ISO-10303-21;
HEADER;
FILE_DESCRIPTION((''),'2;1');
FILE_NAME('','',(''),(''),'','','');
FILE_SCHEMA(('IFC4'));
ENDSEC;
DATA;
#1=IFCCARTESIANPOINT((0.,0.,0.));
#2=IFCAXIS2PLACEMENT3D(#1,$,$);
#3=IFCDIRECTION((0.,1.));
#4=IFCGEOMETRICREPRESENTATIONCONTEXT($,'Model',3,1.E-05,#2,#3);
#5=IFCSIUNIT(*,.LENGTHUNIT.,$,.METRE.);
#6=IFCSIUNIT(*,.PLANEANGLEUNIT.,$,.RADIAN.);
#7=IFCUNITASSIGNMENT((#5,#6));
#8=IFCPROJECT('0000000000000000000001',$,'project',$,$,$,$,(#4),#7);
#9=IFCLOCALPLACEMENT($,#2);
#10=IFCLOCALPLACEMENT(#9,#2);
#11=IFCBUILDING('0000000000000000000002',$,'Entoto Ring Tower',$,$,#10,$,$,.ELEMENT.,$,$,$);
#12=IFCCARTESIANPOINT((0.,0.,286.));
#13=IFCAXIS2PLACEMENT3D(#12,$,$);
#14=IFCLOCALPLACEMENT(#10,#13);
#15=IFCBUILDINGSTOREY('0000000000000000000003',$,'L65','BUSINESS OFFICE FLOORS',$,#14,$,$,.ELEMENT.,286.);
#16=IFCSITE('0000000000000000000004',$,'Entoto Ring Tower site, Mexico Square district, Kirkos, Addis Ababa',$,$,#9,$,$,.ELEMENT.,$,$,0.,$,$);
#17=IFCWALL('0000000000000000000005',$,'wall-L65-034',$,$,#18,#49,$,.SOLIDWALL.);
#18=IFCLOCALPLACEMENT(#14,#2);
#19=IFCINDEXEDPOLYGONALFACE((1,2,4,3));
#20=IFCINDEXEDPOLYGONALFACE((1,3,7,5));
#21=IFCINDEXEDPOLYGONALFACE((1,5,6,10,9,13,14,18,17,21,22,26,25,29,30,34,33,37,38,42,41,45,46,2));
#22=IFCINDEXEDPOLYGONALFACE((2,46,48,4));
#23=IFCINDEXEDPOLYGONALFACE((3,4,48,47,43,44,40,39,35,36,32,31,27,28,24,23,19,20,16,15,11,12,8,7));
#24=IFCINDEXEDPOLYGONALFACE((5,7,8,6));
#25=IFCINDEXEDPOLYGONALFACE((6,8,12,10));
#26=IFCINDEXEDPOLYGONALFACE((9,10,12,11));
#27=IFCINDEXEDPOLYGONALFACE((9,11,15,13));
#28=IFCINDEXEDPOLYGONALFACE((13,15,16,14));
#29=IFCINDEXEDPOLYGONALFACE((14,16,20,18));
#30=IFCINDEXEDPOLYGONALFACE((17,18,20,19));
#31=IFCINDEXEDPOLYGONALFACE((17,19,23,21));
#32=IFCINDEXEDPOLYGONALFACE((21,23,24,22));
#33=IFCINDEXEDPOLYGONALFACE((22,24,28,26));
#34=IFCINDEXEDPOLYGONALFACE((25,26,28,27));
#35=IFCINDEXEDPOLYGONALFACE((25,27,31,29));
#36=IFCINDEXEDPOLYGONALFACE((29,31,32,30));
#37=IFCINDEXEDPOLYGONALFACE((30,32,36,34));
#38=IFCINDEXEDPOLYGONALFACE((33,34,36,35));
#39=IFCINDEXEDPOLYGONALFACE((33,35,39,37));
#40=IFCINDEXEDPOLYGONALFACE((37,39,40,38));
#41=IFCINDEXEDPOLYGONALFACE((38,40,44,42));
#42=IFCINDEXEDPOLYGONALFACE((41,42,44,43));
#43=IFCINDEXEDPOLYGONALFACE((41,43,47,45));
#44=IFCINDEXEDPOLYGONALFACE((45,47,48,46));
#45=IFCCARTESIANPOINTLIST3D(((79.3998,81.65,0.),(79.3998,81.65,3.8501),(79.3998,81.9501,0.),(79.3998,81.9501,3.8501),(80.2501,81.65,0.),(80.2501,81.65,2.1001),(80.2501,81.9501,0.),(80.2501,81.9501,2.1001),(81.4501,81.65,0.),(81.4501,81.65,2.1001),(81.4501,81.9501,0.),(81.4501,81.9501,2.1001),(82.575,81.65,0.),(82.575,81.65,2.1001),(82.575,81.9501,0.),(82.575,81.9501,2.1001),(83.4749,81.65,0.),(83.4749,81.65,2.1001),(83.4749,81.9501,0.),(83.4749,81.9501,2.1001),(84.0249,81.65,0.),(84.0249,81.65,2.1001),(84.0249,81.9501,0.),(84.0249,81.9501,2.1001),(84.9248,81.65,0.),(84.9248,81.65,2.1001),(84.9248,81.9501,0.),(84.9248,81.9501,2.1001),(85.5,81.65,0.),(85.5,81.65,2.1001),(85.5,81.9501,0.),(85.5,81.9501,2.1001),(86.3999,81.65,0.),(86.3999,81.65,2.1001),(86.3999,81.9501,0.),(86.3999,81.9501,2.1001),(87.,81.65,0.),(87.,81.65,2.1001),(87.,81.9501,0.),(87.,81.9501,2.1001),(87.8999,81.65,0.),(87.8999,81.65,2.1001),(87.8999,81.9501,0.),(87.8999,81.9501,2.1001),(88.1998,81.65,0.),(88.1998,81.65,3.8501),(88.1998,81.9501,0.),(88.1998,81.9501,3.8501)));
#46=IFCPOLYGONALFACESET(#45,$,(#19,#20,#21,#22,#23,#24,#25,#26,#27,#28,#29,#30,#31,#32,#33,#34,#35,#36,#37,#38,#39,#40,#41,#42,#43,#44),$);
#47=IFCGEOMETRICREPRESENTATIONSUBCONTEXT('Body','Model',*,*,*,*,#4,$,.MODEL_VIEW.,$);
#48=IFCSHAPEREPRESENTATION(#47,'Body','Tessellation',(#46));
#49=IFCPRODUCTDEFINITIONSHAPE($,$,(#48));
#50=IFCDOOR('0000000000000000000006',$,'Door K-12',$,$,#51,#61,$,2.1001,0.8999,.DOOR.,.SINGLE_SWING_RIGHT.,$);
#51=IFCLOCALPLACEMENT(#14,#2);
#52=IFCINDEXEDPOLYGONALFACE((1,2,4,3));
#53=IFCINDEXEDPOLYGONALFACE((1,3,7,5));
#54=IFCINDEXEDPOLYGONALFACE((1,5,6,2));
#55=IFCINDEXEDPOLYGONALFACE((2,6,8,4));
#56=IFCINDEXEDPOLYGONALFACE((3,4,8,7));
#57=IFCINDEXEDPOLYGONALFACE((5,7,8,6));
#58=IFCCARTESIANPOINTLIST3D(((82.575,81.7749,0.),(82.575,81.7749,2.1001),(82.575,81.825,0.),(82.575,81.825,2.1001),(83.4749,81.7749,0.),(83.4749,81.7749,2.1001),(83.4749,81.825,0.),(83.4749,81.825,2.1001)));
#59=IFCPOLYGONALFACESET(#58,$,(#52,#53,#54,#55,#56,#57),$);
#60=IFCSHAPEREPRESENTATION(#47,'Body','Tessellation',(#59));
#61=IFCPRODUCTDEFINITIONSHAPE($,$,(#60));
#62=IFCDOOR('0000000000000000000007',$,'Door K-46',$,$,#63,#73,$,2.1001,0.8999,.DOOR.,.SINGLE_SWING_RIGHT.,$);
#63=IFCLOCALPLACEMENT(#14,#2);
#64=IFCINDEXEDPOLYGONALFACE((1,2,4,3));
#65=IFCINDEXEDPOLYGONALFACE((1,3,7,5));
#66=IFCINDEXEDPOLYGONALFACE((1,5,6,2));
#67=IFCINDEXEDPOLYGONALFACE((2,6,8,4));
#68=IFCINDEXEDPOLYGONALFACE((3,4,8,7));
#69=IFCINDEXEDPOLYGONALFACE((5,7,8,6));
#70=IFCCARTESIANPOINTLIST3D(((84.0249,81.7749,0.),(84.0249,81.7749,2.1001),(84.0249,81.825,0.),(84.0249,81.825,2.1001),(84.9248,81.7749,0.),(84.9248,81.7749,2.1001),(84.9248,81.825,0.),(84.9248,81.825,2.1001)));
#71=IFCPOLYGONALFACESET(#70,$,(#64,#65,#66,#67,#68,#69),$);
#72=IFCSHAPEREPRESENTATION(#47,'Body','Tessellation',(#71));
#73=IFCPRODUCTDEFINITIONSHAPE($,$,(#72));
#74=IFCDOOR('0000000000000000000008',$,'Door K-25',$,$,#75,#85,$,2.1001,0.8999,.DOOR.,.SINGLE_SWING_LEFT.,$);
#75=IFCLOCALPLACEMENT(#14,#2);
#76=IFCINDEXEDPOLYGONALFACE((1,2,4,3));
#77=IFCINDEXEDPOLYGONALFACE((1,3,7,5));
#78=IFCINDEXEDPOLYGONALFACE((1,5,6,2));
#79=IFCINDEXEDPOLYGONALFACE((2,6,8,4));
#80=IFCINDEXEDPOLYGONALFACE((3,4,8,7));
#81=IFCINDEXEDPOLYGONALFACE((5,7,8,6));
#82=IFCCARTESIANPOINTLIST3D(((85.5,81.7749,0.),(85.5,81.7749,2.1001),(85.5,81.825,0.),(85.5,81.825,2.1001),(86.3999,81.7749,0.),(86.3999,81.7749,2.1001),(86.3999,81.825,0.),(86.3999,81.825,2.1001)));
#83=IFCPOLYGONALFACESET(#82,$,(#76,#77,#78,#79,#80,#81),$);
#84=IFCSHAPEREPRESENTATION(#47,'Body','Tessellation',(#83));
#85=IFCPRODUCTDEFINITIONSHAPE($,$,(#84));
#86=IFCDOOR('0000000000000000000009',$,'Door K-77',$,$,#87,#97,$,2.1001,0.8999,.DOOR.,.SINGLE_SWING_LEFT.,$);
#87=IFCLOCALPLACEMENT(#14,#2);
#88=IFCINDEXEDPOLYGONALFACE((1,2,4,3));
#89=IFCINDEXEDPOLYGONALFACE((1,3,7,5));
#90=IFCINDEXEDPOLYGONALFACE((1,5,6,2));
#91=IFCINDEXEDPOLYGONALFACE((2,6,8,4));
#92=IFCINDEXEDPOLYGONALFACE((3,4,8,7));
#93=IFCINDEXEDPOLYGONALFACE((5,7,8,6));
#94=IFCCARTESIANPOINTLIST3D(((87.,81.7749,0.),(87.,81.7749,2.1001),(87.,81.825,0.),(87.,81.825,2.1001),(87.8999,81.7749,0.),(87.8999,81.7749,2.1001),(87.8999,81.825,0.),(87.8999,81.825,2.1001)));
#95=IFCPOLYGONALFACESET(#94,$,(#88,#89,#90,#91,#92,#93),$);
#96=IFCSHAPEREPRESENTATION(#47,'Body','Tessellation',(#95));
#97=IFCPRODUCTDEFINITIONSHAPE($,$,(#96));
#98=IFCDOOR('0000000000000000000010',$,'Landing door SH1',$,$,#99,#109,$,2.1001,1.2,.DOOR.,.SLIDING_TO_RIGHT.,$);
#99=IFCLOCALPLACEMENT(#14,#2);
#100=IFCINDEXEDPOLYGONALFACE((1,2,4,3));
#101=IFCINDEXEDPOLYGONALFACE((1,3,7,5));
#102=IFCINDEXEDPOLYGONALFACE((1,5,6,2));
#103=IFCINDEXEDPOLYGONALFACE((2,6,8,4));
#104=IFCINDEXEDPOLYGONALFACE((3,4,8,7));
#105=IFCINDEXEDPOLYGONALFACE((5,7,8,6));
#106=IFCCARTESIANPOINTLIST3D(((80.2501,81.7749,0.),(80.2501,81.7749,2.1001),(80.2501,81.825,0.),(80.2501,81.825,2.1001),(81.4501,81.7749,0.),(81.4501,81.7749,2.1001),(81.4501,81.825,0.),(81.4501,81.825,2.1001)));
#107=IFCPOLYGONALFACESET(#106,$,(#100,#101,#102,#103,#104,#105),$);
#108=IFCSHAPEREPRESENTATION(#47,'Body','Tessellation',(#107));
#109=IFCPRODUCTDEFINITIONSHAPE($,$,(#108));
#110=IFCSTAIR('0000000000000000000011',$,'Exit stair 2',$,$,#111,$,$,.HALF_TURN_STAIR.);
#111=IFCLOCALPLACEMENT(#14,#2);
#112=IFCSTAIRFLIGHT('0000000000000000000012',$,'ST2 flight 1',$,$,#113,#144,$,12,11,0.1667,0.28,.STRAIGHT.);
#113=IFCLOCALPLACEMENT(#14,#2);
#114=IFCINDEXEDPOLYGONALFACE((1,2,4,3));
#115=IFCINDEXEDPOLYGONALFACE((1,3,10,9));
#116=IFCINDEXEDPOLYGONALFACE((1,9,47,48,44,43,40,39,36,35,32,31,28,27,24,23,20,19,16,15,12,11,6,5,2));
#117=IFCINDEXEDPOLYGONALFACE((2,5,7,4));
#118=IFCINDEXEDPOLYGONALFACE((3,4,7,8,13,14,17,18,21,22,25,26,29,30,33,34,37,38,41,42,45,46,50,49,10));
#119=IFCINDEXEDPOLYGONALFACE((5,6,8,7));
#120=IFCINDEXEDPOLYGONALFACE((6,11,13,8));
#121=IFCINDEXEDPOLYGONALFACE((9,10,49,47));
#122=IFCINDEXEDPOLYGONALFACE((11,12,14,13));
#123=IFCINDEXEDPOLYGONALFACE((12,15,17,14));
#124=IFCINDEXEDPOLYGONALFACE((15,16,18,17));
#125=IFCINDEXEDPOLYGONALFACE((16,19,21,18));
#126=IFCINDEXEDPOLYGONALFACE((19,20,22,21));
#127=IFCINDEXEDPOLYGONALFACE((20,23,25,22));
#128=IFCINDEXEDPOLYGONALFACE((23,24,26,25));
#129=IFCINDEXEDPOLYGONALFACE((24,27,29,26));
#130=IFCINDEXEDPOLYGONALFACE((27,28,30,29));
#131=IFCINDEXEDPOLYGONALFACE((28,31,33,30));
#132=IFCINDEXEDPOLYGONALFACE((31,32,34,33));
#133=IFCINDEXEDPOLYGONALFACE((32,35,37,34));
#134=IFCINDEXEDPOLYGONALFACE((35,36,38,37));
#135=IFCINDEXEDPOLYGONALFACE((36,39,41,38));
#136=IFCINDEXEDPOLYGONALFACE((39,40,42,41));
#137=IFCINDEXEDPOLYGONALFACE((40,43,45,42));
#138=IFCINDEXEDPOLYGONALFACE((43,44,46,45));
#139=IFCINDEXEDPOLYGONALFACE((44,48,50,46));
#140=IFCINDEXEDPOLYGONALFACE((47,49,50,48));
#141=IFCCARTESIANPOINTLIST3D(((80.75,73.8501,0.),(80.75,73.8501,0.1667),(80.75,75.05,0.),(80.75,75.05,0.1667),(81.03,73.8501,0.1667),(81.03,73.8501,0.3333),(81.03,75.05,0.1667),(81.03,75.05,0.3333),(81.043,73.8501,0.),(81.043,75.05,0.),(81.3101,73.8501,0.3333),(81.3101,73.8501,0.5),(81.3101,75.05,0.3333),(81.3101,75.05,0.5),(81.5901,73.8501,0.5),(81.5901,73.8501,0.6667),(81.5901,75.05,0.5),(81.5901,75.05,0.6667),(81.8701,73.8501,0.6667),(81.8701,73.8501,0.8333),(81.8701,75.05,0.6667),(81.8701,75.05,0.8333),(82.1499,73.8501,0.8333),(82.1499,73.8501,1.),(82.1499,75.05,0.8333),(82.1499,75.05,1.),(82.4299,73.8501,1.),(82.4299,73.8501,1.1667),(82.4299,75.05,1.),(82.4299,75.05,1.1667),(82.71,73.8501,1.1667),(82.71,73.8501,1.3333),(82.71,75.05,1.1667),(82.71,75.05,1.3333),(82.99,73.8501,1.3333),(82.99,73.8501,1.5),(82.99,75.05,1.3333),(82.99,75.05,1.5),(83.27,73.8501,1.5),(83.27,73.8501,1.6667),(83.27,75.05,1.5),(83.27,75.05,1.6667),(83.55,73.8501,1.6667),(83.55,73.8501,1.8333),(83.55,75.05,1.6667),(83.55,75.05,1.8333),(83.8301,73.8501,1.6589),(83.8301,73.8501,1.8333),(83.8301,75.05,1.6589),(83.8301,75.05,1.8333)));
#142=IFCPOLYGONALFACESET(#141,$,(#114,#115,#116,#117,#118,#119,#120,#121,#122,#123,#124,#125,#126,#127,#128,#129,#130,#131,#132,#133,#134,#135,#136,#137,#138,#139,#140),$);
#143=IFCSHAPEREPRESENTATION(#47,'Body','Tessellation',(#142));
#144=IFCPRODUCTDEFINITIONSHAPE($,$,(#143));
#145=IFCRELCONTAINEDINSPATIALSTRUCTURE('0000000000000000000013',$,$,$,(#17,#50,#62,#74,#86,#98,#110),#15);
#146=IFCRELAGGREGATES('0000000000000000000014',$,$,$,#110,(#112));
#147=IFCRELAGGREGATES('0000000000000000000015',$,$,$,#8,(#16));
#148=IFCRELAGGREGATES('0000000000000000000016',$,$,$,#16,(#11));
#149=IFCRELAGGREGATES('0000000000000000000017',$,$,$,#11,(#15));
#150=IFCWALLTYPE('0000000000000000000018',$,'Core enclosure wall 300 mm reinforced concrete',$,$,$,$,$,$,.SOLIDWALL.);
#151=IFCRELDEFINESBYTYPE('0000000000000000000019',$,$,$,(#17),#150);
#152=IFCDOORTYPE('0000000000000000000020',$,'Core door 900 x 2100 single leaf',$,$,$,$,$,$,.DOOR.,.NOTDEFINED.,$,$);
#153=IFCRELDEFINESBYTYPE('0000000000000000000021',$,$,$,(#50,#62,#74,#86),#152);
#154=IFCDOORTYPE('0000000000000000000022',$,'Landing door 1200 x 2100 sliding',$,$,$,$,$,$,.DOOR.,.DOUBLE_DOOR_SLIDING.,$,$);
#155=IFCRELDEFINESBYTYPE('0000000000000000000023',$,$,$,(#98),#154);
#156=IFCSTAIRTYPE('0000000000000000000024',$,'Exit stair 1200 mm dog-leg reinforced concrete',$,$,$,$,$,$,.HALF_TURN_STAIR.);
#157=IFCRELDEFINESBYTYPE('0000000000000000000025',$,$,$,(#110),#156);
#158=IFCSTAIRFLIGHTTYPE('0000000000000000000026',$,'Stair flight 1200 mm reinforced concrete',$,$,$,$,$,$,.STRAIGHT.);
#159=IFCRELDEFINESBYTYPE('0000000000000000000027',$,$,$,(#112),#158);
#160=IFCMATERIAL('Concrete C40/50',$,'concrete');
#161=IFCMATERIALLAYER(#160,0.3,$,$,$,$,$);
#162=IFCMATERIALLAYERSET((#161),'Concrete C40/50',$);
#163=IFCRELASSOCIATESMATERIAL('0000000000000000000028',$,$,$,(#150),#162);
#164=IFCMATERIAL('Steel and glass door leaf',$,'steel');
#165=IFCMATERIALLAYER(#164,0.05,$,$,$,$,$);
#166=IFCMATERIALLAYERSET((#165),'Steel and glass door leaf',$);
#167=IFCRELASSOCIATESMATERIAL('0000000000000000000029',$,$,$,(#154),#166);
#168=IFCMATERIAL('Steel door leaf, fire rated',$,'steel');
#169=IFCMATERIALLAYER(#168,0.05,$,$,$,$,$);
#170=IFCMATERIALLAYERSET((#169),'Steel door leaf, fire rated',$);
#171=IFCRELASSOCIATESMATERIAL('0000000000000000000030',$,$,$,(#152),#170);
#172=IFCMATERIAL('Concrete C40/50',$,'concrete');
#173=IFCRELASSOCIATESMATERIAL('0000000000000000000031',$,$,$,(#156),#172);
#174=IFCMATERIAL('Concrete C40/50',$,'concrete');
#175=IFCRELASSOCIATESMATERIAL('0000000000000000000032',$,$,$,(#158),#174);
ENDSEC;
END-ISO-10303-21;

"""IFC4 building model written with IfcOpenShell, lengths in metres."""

from ifc_helpers import new_model, si_unit, direction, frame, frame_2d, origin, place, context, subcontext, project, spatial, polyline, rectangle, outline, extrude, material, layer, layer_set, type_object, element, fill, aggregate, save


model = new_model("IFC4")

# Units and contexts
model_context = context("Model", 3, precision=1e-05, world=origin(), true_north=direction((0.0, 1.0)))
body_context = subcontext(model_context, "Body", "Model", "MODEL_VIEW")
ifc_project = project(units=[si_unit("LENGTHUNIT", "METRE"), si_unit("PLANEANGLEUNIT", "RADIAN")], contexts=[model_context])

# Site, building, storey
site_placement = place(None, origin())
site = spatial("IfcSite", under=ifc_project, at=site_placement, Name="Entoto Ring Tower site, Mexico Square district, Kirkos, Addis Ababa", CompositionType="ELEMENT", RefElevation=0.0)
building_placement = place(site_placement, origin())
building = spatial("IfcBuilding", under=site, at=building_placement, Name="Entoto Ring Tower", CompositionType="ELEMENT")
storey_placement = place(building_placement, frame((0.0, 0.0, 286.0)))
storey = spatial("IfcBuildingStorey", under=building, at=storey_placement, Name="L65", Description="BUSINESS OFFICE FLOORS", CompositionType="ELEMENT", Elevation=286.0)

# Shared definitions
ifc_material_1 = material(Name="Concrete C40/50", Category="concrete")
ifc_layer_1 = layer(ifc_material_1, 0.3)
ifc_layer_set_1 = layer_set([ifc_layer_1], Name="Concrete C40/50")
wall_type = type_object("IfcWallType", Name="Core enclosure wall 300 mm reinforced concrete", PredefinedType="SOLIDWALL", material=ifc_layer_set_1)
ifc_material_2 = material(Name="Steel and glass door leaf", Category="steel")
ifc_layer_2 = layer(ifc_material_2, 0.05)
ifc_layer_set_2 = layer_set([ifc_layer_2], Name="Steel and glass door leaf")
door_type_1 = type_object("IfcDoorType", Name="Landing door 1200 x 2100 sliding", OperationType="DOUBLE_DOOR_SLIDING", PredefinedType="DOOR", material=ifc_layer_set_2)

# Wall, openings, doors
ifc_material_3 = material(Name="Steel door leaf, fire rated", Category="steel")
ifc_layer_3 = layer(ifc_material_3, 0.05)
ifc_layer_set_3 = layer_set([ifc_layer_3], Name="Steel door leaf, fire rated")
door_type_2 = type_object("IfcDoorType", Name="Core door 900 x 2100 single leaf", OperationType="NOTDEFINED", PredefinedType="DOOR", material=ifc_layer_set_3)
wall_1_placement = place(storey_placement, frame((79.3999, 81.8, 0.0), z_axis=(0.0, 0.0, 1.0), x_axis=(1.0, 0.0, 0.0)))
wall_1 = element("IfcWall", 1, at=wall_1_placement, inside=storey, type_object=wall_type, Name="wall-L65-034", PredefinedType="SOLIDWALL", context=body_context, shape_type="SweptSolid", body=[
    extrude(rectangle(XDim=8.8, YDim=0.3, at=frame_2d((4.3999, 0.0))), origin(), (0.0, 0.0, 1.0), 3.8501),
])
opening_1_placement = place(wall_1_placement, frame((0.8501, 0.0, 0.0)))
opening_1 = element("IfcOpeningElement", 2, at=opening_1_placement, cuts=wall_1, PredefinedType="OPENING", context=body_context, shape_type="SweptSolid", body=[
    extrude(rectangle(XDim=1.2, YDim=2.1001, at=frame_2d((0.6001, 1.05))), frame((0.0, 0.1602, 0.0), z_axis=(0.0, -1.0, 0.0), x_axis=(1.0, 0.0, 0.0)), (0.0, 0.0, 1.0), 0.3201),
])
opening_2_placement = place(wall_1_placement, frame((3.175, 0.0, 0.0)))
opening_2 = element("IfcOpeningElement", 3, at=opening_2_placement, cuts=wall_1, PredefinedType="OPENING", context=body_context, shape_type="SweptSolid", body=[
    extrude(rectangle(XDim=0.8999, YDim=2.1001, at=frame_2d((0.45, 1.05))), frame((0.0, 0.1602, 0.0), z_axis=(0.0, -1.0, 0.0), x_axis=(1.0, 0.0, 0.0)), (0.0, 0.0, 1.0), 0.3201),
])
opening_3_placement = place(wall_1_placement, frame((4.625, 0.0, 0.0)))
opening_3 = element("IfcOpeningElement", 4, at=opening_3_placement, cuts=wall_1, PredefinedType="OPENING", context=body_context, shape_type="SweptSolid", body=[
    extrude(rectangle(XDim=0.8999, YDim=2.1001, at=frame_2d((0.45, 1.05))), frame((0.0, 0.1602, 0.0), z_axis=(0.0, -1.0, 0.0), x_axis=(1.0, 0.0, 0.0)), (0.0, 0.0, 1.0), 0.3201),
])
opening_4_placement = place(wall_1_placement, frame((6.1001, 0.0, 0.0)))
opening_4 = element("IfcOpeningElement", 5, at=opening_4_placement, cuts=wall_1, PredefinedType="OPENING", context=body_context, shape_type="SweptSolid", body=[
    extrude(rectangle(XDim=0.8999, YDim=2.1001, at=frame_2d((0.45, 1.05))), frame((0.0, 0.1602, 0.0), z_axis=(0.0, -1.0, 0.0), x_axis=(1.0, 0.0, 0.0)), (0.0, 0.0, 1.0), 0.3201),
])
opening_5_placement = place(wall_1_placement, frame((7.6001, 0.0, 0.0)))
opening_5 = element("IfcOpeningElement", 6, at=opening_5_placement, cuts=wall_1, PredefinedType="OPENING", context=body_context, shape_type="SweptSolid", body=[
    extrude(rectangle(XDim=0.8999, YDim=2.1001, at=frame_2d((0.45, 1.05))), frame((0.0, 0.1602, 0.0), z_axis=(0.0, -1.0, 0.0), x_axis=(1.0, 0.0, 0.0)), (0.0, 0.0, 1.0), 0.3201),
])
door_1_placement = place(opening_2_placement, origin())
door_1 = element("IfcDoor", 7, at=door_1_placement, inside=storey, type_object=door_type_2, Name="Door K-12", OperationType="SINGLE_SWING_RIGHT", OverallHeight=2.1001, OverallWidth=0.8999, PredefinedType="DOOR", context=body_context, shape_type="SweptSolid", body=[
    extrude(rectangle(XDim=0.8999, YDim=2.1001, at=frame_2d((0.45, 1.05))), frame((0.0, 0.0249, 0.0), z_axis=(0.0, -1.0, 0.0), x_axis=(1.0, 0.0, 0.0)), (0.0, 0.0, 1.0), 0.05),
])
fill(opening_2, door_1)
door_2_placement = place(opening_3_placement, origin())
door_2 = element("IfcDoor", 8, at=door_2_placement, inside=storey, type_object=door_type_2, Name="Door K-46", OperationType="SINGLE_SWING_RIGHT", OverallHeight=2.1001, OverallWidth=0.8999, PredefinedType="DOOR", context=body_context, shape_type="SweptSolid", body=[
    extrude(rectangle(XDim=0.8999, YDim=2.1001, at=frame_2d((0.45, 1.05))), frame((0.0, 0.0249, 0.0), z_axis=(0.0, -1.0, 0.0), x_axis=(1.0, 0.0, 0.0)), (0.0, 0.0, 1.0), 0.05),
])
fill(opening_3, door_2)
door_3_placement = place(opening_4_placement, origin())
door_3 = element("IfcDoor", 9, at=door_3_placement, inside=storey, type_object=door_type_2, Name="Door K-25", OperationType="SINGLE_SWING_LEFT", OverallHeight=2.1001, OverallWidth=0.8999, PredefinedType="DOOR", context=body_context, shape_type="SweptSolid", body=[
    extrude(rectangle(XDim=0.8999, YDim=2.1001, at=frame_2d((0.45, 1.05))), frame((0.0, 0.0249, 0.0), z_axis=(0.0, -1.0, 0.0), x_axis=(1.0, 0.0, 0.0)), (0.0, 0.0, 1.0), 0.05),
])
fill(opening_4, door_3)
door_4_placement = place(opening_5_placement, origin())
door_4 = element("IfcDoor", 10, at=door_4_placement, inside=storey, type_object=door_type_2, Name="Door K-77", OperationType="SINGLE_SWING_LEFT", OverallHeight=2.1001, OverallWidth=0.8999, PredefinedType="DOOR", context=body_context, shape_type="SweptSolid", body=[
    extrude(rectangle(XDim=0.8999, YDim=2.1001, at=frame_2d((0.45, 1.05))), frame((0.0, 0.0249, 0.0), z_axis=(0.0, -1.0, 0.0), x_axis=(1.0, 0.0, 0.0)), (0.0, 0.0, 1.0), 0.05),
])
fill(opening_5, door_4)
door_5_placement = place(opening_1_placement, origin())
door_5 = element("IfcDoor", 11, at=door_5_placement, inside=storey, type_object=door_type_1, Name="Landing door SH1", OperationType="SLIDING_TO_RIGHT", OverallHeight=2.1001, OverallWidth=1.2, PredefinedType="DOOR", context=body_context, shape_type="SweptSolid", body=[
    extrude(rectangle(XDim=1.2, YDim=2.1001, at=frame_2d((0.6001, 1.05))), frame((0.0, 0.0249, 0.0), z_axis=(0.0, -1.0, 0.0), x_axis=(1.0, 0.0, 0.0)), (0.0, 0.0, 1.0), 0.05),
])
fill(opening_1, door_5)

# Stair, stair flight
ifc_material_4 = material(Name="Concrete C40/50", Category="concrete")
stair_type = type_object("IfcStairType", Name="Exit stair 1200 mm dog-leg reinforced concrete", PredefinedType="HALF_TURN_STAIR", material=ifc_material_4)
stair_placement = place(storey_placement, origin())
stair = element("IfcStair", 12, at=stair_placement, inside=storey, type_object=stair_type, Name="Exit stair 2", PredefinedType="HALF_TURN_STAIR")
ifc_material_5 = material(Name="Concrete C40/50", Category="concrete")
stair_flight_type = type_object("IfcStairFlightType", Name="Stair flight 1200 mm reinforced concrete", PredefinedType="STRAIGHT", material=ifc_material_5)
stair_flight_1_placement = place(storey_placement, frame((80.75, 74.45, 0.0), z_axis=(0.0, 0.0, 1.0), x_axis=(1.0, 0.0, 0.0)))
stair_flight_1 = element("IfcStairFlight", 13, at=stair_flight_1_placement, type_object=stair_flight_type, Name="ST2 flight 1", NumberOfRisers=12, NumberOfTreads=11, PredefinedType="STRAIGHT", RiserHeight=0.1667, TreadLength=0.28, context=body_context, shape_type="SweptSolid", body=[
    extrude(outline(polyline([(0.0, 0.0), (0.0, 0.1667), (0.28, 0.1667), (0.28, 0.3333), (0.5601, 0.3333), (0.5601, 0.5), (0.8401, 0.5), (0.8401, 0.6667), (1.1201, 0.6667), (1.1201, 0.8333), (1.3999, 0.8333), (1.3999, 1.0), (1.6799, 1.0), (1.6799, 1.1667), (1.96, 1.1667), (1.96, 1.3333), (2.24, 1.3333), (2.24, 1.5), (2.52, 1.5), (2.52, 1.6667), (2.8, 1.6667), (2.8, 1.8333), (3.0801, 1.8333), (3.0801, 2.0), (3.0801, 1.6589), (0.293, 0.0), (0.0, 0.0)])), frame((0.0, 0.6001, 0.0), z_axis=(0.0, -1.0, 0.0), x_axis=(1.0, 0.0, 0.0)), (0.0, 0.0, 1.0), 1.2),
])
aggregate(stair, [stair_flight_1])

save(model, "model.ifc")
